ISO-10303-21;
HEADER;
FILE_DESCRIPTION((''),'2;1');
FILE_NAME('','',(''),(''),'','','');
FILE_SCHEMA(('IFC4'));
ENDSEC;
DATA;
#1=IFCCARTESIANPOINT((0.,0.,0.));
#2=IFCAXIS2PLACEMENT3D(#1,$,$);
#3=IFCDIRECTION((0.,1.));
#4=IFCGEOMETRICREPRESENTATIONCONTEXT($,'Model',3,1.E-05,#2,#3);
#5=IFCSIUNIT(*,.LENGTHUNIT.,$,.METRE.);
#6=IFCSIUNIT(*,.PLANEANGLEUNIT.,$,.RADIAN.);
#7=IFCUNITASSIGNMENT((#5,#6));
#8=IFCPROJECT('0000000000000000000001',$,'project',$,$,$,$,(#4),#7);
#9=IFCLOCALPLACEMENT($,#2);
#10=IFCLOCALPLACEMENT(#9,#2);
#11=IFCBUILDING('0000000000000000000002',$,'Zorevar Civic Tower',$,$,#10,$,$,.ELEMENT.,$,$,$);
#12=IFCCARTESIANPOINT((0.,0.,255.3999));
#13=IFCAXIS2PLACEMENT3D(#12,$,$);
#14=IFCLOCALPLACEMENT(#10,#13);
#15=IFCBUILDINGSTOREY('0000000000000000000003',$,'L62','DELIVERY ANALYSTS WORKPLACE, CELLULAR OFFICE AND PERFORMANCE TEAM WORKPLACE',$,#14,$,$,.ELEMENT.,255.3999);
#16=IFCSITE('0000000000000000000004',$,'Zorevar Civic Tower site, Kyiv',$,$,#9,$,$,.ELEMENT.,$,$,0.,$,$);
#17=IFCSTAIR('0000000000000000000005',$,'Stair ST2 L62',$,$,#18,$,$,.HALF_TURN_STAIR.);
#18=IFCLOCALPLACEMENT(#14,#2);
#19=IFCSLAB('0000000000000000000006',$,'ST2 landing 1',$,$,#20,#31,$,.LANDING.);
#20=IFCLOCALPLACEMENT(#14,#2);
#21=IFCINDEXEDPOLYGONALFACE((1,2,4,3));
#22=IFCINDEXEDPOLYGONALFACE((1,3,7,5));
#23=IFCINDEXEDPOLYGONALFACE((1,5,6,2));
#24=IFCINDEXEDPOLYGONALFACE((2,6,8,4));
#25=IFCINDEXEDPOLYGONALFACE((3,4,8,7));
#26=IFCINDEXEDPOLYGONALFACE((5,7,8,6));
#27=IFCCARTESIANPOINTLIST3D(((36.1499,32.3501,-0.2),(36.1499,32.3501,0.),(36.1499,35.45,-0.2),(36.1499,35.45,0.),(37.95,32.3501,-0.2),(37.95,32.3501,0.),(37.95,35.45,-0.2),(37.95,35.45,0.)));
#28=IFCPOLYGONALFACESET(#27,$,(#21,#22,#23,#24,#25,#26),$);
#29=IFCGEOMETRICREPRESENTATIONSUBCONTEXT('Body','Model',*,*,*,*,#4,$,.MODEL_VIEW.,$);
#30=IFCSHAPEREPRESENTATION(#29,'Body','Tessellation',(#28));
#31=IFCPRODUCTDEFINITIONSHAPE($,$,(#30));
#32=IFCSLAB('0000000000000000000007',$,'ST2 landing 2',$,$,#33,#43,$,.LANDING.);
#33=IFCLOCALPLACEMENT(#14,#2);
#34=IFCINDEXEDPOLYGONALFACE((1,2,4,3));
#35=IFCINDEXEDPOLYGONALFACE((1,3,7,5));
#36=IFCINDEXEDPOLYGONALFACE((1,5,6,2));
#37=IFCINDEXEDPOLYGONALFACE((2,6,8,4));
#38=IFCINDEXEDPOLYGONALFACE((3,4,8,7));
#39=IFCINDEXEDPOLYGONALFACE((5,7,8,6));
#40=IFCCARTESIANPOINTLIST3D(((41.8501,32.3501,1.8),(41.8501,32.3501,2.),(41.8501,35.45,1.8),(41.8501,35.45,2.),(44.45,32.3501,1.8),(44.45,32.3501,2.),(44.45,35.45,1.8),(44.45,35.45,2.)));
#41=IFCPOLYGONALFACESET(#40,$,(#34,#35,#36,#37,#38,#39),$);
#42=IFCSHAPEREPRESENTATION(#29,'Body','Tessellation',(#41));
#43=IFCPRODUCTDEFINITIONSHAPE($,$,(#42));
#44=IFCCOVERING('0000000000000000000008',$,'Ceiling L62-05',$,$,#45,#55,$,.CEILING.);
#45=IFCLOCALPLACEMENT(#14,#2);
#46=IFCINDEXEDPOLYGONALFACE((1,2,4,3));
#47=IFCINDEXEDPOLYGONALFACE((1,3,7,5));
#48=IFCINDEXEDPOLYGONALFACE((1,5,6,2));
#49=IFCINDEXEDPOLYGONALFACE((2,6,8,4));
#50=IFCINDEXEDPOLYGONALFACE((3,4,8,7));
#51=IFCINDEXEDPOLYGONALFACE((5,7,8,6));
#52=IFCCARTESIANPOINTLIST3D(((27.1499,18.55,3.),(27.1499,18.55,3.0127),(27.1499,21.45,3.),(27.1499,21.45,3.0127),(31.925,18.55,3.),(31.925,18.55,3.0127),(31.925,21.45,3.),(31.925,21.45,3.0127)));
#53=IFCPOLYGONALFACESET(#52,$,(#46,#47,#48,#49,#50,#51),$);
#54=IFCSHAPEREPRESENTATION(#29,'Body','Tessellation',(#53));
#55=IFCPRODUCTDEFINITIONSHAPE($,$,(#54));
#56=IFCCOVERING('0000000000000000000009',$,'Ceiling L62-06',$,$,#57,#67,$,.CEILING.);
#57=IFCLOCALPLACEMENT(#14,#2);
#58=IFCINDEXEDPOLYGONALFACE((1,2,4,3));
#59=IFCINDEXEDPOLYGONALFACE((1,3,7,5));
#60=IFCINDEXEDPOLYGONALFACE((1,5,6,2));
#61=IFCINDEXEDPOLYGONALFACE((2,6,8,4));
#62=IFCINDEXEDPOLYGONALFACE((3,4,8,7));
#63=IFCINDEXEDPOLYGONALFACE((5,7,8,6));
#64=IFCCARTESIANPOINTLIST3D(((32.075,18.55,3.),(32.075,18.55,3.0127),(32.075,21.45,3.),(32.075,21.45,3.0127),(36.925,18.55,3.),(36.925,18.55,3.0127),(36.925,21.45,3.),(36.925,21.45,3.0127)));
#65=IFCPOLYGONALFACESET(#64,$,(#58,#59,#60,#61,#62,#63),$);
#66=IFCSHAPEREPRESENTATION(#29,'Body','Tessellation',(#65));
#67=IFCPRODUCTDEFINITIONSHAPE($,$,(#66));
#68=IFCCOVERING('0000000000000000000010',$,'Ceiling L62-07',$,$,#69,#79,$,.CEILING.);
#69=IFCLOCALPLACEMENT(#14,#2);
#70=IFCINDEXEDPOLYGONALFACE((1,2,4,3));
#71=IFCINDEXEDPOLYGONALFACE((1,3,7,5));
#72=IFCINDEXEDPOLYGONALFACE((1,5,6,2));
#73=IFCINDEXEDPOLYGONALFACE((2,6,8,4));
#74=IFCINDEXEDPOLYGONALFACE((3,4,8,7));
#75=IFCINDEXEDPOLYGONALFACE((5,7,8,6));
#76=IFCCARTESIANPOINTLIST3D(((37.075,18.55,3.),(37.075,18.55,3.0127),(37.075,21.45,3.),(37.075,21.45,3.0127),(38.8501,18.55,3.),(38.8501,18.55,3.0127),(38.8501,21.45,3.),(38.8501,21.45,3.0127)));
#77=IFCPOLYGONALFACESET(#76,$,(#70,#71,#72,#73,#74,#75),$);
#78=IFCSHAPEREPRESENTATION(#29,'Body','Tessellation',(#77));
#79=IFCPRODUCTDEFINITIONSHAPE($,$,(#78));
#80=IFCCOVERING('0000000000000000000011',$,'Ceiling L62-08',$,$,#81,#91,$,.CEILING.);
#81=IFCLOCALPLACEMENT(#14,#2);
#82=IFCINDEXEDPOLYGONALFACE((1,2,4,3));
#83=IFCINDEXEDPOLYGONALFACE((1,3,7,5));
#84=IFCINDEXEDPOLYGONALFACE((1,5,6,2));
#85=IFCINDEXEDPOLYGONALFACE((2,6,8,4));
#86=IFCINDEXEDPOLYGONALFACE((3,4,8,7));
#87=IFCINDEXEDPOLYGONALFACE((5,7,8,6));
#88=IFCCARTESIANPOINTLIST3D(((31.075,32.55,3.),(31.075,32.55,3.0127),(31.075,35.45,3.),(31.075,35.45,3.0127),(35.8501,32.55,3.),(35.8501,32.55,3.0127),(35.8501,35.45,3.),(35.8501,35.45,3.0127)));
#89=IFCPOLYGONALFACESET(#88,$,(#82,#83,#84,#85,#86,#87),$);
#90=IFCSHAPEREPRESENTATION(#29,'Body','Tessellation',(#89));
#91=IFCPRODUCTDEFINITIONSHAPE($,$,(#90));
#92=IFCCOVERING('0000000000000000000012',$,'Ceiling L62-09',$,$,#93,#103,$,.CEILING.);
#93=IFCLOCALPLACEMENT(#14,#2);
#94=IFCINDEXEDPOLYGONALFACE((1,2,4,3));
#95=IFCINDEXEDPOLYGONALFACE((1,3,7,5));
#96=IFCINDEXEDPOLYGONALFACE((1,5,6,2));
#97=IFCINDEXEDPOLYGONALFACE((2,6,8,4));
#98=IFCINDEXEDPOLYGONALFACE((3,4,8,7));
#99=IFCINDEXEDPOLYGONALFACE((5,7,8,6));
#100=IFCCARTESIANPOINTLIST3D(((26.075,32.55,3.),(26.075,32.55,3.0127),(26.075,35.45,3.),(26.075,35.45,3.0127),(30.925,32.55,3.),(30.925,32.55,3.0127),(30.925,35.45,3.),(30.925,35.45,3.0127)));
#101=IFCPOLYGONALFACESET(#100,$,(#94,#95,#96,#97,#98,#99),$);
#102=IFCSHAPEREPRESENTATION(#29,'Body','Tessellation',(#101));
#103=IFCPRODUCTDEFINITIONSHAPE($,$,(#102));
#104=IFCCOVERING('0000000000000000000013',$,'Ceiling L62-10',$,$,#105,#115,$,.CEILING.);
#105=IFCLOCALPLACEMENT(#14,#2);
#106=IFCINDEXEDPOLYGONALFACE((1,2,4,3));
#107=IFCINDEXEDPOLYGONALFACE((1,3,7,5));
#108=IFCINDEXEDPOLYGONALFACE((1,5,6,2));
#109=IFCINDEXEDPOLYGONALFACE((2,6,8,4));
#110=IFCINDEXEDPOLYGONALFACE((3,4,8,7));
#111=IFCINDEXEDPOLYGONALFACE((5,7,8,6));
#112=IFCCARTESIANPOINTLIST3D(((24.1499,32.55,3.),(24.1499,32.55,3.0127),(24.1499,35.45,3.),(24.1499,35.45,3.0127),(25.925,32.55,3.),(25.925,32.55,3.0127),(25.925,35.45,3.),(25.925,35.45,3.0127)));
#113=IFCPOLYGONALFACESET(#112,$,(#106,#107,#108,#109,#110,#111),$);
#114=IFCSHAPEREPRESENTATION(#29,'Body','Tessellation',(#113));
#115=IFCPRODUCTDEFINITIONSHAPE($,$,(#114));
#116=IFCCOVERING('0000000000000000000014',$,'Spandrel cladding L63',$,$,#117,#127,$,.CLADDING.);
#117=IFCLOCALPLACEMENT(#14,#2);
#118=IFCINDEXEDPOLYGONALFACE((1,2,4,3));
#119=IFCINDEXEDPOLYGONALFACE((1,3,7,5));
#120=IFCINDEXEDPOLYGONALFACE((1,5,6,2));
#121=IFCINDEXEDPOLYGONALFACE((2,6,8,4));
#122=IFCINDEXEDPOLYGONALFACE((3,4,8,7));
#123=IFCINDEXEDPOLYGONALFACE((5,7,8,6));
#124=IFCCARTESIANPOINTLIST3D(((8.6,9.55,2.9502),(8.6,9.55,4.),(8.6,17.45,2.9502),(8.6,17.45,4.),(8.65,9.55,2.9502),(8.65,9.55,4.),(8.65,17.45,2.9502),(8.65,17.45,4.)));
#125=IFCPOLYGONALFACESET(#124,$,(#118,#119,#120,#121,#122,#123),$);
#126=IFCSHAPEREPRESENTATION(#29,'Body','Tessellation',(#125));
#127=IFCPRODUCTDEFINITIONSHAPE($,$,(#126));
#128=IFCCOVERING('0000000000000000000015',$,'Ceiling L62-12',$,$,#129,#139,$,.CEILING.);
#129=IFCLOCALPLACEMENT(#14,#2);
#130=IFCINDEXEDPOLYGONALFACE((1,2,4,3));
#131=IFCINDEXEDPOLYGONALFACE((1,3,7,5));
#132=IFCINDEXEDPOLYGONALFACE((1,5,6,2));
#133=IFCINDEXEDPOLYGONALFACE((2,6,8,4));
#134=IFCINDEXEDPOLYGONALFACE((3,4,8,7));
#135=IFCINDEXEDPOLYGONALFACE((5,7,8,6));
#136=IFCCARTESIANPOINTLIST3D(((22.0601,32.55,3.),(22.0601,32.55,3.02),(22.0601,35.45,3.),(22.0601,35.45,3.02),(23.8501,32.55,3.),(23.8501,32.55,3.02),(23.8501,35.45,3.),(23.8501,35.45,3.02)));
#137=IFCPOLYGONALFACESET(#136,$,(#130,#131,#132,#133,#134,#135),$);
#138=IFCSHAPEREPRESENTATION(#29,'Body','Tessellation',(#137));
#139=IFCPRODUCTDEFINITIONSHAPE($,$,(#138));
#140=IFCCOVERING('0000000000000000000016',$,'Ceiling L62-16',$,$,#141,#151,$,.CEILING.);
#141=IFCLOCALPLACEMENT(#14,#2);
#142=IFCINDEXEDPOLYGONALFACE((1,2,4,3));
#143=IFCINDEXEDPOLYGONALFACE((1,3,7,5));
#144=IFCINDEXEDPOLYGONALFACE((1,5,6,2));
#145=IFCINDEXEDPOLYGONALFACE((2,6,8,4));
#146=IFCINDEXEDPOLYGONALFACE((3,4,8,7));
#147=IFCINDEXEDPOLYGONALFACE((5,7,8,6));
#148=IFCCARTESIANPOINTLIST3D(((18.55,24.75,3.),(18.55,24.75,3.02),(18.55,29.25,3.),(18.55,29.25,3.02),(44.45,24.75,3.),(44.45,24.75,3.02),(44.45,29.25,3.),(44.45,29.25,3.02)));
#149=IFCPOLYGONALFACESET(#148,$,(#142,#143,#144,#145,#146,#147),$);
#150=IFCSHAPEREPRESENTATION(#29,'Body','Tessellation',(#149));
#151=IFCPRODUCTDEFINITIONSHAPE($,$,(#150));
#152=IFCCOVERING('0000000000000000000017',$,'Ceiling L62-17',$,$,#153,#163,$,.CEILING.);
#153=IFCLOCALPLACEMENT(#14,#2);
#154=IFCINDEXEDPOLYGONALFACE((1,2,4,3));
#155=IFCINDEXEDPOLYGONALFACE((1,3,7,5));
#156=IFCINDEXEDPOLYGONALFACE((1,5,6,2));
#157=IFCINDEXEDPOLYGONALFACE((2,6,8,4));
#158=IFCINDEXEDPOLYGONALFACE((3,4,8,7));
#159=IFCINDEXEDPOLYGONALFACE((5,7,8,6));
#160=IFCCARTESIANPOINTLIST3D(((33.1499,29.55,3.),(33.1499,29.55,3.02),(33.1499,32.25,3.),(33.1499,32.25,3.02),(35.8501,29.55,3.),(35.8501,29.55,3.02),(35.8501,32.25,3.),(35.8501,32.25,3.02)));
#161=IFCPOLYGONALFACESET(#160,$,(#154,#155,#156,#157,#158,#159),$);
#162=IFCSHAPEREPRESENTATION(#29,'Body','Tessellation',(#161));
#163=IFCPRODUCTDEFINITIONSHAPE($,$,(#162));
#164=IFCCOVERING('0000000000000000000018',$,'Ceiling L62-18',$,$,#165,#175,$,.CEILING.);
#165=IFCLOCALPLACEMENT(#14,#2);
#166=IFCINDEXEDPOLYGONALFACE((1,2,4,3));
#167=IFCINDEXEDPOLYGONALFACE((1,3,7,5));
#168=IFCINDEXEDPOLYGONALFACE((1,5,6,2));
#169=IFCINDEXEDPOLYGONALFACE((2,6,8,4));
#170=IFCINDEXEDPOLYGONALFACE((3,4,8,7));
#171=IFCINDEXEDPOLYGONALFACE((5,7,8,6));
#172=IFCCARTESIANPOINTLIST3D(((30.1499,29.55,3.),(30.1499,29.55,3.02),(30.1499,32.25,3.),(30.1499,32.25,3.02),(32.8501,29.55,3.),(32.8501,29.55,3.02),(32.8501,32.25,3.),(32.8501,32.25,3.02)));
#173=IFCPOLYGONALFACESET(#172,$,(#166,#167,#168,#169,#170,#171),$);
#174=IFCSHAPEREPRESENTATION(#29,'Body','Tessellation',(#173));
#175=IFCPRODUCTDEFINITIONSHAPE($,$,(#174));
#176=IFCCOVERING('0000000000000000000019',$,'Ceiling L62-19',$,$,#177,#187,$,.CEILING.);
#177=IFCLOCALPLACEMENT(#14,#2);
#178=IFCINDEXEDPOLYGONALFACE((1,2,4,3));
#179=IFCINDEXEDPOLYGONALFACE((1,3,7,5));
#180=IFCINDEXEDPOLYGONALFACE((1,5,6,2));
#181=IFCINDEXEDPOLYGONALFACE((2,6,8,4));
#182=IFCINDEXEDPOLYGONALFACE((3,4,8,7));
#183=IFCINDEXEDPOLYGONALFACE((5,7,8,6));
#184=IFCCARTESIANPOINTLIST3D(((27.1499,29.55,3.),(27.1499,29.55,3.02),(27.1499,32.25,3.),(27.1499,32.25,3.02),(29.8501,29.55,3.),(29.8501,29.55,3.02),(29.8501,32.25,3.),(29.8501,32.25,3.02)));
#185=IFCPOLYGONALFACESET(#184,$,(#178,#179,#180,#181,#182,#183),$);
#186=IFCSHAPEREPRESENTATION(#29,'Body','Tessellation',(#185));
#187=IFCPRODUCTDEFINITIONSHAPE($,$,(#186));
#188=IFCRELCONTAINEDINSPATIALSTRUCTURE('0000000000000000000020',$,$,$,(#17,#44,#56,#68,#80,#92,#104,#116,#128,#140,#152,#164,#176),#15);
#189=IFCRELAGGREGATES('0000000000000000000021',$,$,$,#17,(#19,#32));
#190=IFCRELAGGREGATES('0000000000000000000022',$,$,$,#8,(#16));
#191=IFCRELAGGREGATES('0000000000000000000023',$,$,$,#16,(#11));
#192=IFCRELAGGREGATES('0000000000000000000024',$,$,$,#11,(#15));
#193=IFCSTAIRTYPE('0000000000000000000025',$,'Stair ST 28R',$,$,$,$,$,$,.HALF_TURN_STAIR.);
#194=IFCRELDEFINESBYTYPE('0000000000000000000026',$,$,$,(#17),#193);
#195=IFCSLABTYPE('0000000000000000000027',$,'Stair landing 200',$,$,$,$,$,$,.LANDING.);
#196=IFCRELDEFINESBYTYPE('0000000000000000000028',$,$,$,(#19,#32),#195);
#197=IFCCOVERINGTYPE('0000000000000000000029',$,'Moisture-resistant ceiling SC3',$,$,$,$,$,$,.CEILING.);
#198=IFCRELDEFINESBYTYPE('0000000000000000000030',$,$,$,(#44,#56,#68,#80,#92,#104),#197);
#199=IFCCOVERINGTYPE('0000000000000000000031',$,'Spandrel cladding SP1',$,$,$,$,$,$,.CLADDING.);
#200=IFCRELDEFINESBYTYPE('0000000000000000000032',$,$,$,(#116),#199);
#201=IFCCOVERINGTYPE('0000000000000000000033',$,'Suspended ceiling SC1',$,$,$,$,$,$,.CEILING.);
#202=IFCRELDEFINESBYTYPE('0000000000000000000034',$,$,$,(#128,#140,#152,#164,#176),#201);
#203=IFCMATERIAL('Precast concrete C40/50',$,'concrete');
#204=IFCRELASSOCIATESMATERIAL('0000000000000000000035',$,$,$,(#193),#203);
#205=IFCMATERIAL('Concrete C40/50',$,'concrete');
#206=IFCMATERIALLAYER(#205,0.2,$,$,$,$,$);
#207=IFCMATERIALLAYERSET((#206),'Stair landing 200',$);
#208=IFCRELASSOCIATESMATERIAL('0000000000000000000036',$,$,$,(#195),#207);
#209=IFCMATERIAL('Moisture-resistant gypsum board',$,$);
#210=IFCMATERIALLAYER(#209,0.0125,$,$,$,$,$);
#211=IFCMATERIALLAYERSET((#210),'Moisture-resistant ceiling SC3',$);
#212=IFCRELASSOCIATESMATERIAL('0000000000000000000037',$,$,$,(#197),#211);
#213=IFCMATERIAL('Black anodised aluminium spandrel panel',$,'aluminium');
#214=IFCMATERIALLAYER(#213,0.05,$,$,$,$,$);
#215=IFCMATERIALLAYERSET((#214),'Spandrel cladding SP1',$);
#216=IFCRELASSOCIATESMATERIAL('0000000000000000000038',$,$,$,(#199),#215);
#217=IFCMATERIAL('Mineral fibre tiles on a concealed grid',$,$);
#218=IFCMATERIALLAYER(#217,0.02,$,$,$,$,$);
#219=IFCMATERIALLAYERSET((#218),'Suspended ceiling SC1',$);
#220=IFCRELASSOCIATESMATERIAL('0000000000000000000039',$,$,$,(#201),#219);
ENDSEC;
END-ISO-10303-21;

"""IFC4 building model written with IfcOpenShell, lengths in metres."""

from ifc_helpers import new_model, si_unit, direction, frame, frame_2d, origin, place, context, subcontext, project, spatial, polyline, rectangle, outline, extrude, material, layer, layer_set, type_object, element, aggregate, save


model = new_model("IFC4")

# Units and contexts
model_context = context("Model", 3, precision=1e-05, world=origin(), true_north=direction((0.0, 1.0)))
body_context = subcontext(model_context, "Body", "Model", "MODEL_VIEW")
ifc_project = project(units=[si_unit("LENGTHUNIT", "METRE"), si_unit("PLANEANGLEUNIT", "RADIAN")], contexts=[model_context])

# Site, building, storey
site_placement = place(None, origin())
site = spatial("IfcSite", under=ifc_project, at=site_placement, Name="Zorevar Civic Tower site, Kyiv", CompositionType="ELEMENT", RefElevation=0.0)
building_placement = place(site_placement, origin())
building = spatial("IfcBuilding", under=site, at=building_placement, Name="Zorevar Civic Tower", CompositionType="ELEMENT")
storey_placement = place(building_placement, frame((0.0, 0.0, 255.3999)))
storey = spatial("IfcBuildingStorey", under=building, at=storey_placement, Name="L62", Description="DELIVERY ANALYSTS WORKPLACE, CELLULAR OFFICE AND PERFORMANCE TEAM WORKPLACE", CompositionType="ELEMENT", Elevation=255.3999)

# Stair, slabs
ifc_material_1 = material(Name="Precast concrete C40/50", Category="concrete")
stair_type = type_object("IfcStairType", Name="Stair ST 28R", PredefinedType="HALF_TURN_STAIR", material=ifc_material_1)
ifc_material_2 = material(Name="Concrete C40/50", Category="concrete")
ifc_layer_1 = layer(ifc_material_2, 0.2)
ifc_layer_set_1 = layer_set([ifc_layer_1], Name="Stair landing 200")
slab_type_1 = type_object("IfcSlabType", Name="Stair landing 200", PredefinedType="LANDING", material=ifc_layer_set_1)
stair_1_placement = place(storey_placement, origin())
stair_1 = element("IfcStair", 1, at=stair_1_placement, inside=storey, type_object=stair_type, Name="Stair ST2 L62", PredefinedType="HALF_TURN_STAIR")
slab_1_placement = place(storey_placement, frame((0.0, 0.0, -0.2)))
slab_1 = element("IfcSlab", 2, at=slab_1_placement, type_object=slab_type_1, Name="ST2 landing 1", PredefinedType="LANDING", context=body_context, shape_type="SweptSolid", body=[
    extrude(outline(polyline([(37.95, 32.3501), (36.1499, 32.3501), (36.1499, 35.45), (37.95, 35.45), (37.95, 32.3501)])), origin(), (0.0, 0.0, 1.0), 0.2),
])
slab_2_placement = place(storey_placement, frame((0.0, 0.0, 1.8)))
slab_2 = element("IfcSlab", 3, at=slab_2_placement, type_object=slab_type_1, Name="ST2 landing 2", PredefinedType="LANDING", context=body_context, shape_type="SweptSolid", body=[
    extrude(outline(polyline([(44.45, 32.3501), (41.8501, 32.3501), (41.8501, 35.45), (44.45, 35.45), (44.45, 32.3501)])), origin(), (0.0, 0.0, 1.0), 0.2),
])
aggregate(stair_1, [slab_1, slab_2])

# Coverings
ifc_material_3 = material(Name="Moisture-resistant gypsum board")
ifc_layer_2 = layer(ifc_material_3, 0.0125)
ifc_layer_set_2 = layer_set([ifc_layer_2], Name="Moisture-resistant ceiling SC3")
covering_type_1 = type_object("IfcCoveringType", Name="Moisture-resistant ceiling SC3", PredefinedType="CEILING", material=ifc_layer_set_2)
covering_1_placement = place(storey_placement, frame((0.0, 0.0, 3.0)))
element("IfcCovering", 4, at=covering_1_placement, inside=storey, type_object=covering_type_1, Name="Ceiling L62-05", PredefinedType="CEILING", context=body_context, shape_type="SweptSolid", body=[
    extrude(outline(polyline([(31.925, 18.55), (31.925, 21.45), (27.1499, 21.45), (27.1499, 18.55), (31.925, 18.55)])), origin(), (0.0, 0.0, 1.0), 0.0127),
])
covering_2_placement = place(storey_placement, frame((0.0, 0.0, 3.0)))
element("IfcCovering", 5, at=covering_2_placement, inside=storey, type_object=covering_type_1, Name="Ceiling L62-06", PredefinedType="CEILING", context=body_context, shape_type="SweptSolid", body=[
    extrude(outline(polyline([(36.925, 18.55), (36.925, 21.45), (32.075, 21.45), (32.075, 18.55), (36.925, 18.55)])), origin(), (0.0, 0.0, 1.0), 0.0127),
])
covering_3_placement = place(storey_placement, frame((0.0, 0.0, 3.0)))
element("IfcCovering", 6, at=covering_3_placement, inside=storey, type_object=covering_type_1, Name="Ceiling L62-07", PredefinedType="CEILING", context=body_context, shape_type="SweptSolid", body=[
    extrude(outline(polyline([(38.8501, 18.55), (38.8501, 21.45), (37.075, 21.45), (37.075, 18.55), (38.8501, 18.55)])), origin(), (0.0, 0.0, 1.0), 0.0127),
])
covering_4_placement = place(storey_placement, frame((0.0, 0.0, 3.0)))
element("IfcCovering", 7, at=covering_4_placement, inside=storey, type_object=covering_type_1, Name="Ceiling L62-08", PredefinedType="CEILING", context=body_context, shape_type="SweptSolid", body=[
    extrude(outline(polyline([(35.8501, 32.55), (35.8501, 35.45), (31.075, 35.45), (31.075, 32.55), (35.8501, 32.55)])), origin(), (0.0, 0.0, 1.0), 0.0127),
])
covering_5_placement = place(storey_placement, frame((0.0, 0.0, 3.0)))
element("IfcCovering", 8, at=covering_5_placement, inside=storey, type_object=covering_type_1, Name="Ceiling L62-09", PredefinedType="CEILING", context=body_context, shape_type="SweptSolid", body=[
    extrude(outline(polyline([(30.925, 32.55), (30.925, 35.45), (26.075, 35.45), (26.075, 32.55), (30.925, 32.55)])), origin(), (0.0, 0.0, 1.0), 0.0127),
])
covering_6_placement = place(storey_placement, frame((0.0, 0.0, 3.0)))
element("IfcCovering", 9, at=covering_6_placement, inside=storey, type_object=covering_type_1, Name="Ceiling L62-10", PredefinedType="CEILING", context=body_context, shape_type="SweptSolid", body=[
    extrude(outline(polyline([(25.925, 32.55), (25.925, 35.45), (24.1499, 35.45), (24.1499, 32.55), (25.925, 32.55)])), origin(), (0.0, 0.0, 1.0), 0.0127),
])
ifc_material_4 = material(Name="Black anodised aluminium spandrel panel", Category="aluminium")
ifc_layer_3 = layer(ifc_material_4, 0.05)
ifc_layer_set_3 = layer_set([ifc_layer_3], Name="Spandrel cladding SP1")
covering_type_2 = type_object("IfcCoveringType", Name="Spandrel cladding SP1", PredefinedType="CLADDING", material=ifc_layer_set_3)
covering_7_placement = place(storey_placement, frame((8.625, 9.55, 2.9502), z_axis=(0.0, 0.0, 1.0), x_axis=(0.0, 1.0, 0.0)))
element("IfcCovering", 10, at=covering_7_placement, inside=storey, type_object=covering_type_2, Name="Spandrel cladding L63", PredefinedType="CLADDING", context=body_context, shape_type="SweptSolid", body=[
    extrude(rectangle(XDim=7.8999, YDim=0.05, at=frame_2d((3.95, 0.0))), origin(), (0.0, 0.0, 1.0), 1.0498),
])
ifc_material_5 = material(Name="Mineral fibre tiles on a concealed grid")
ifc_layer_4 = layer(ifc_material_5, 0.02)
ifc_layer_set_4 = layer_set([ifc_layer_4], Name="Suspended ceiling SC1")
covering_type_3 = type_object("IfcCoveringType", Name="Suspended ceiling SC1", PredefinedType="CEILING", material=ifc_layer_set_4)
covering_8_placement = place(storey_placement, frame((0.0, 0.0, 3.0)))
element("IfcCovering", 11, at=covering_8_placement, inside=storey, type_object=covering_type_3, Name="Ceiling L62-12", PredefinedType="CEILING", context=body_context, shape_type="SweptSolid", body=[
    extrude(outline(polyline([(23.8501, 32.55), (23.8501, 35.45), (22.0601, 35.45), (22.0601, 32.55), (23.8501, 32.55)])), origin(), (0.0, 0.0, 1.0), 0.02),
])
covering_9_placement = place(storey_placement, frame((0.0, 0.0, 3.0)))
element("IfcCovering", 12, at=covering_9_placement, inside=storey, type_object=covering_type_3, Name="Ceiling L62-16", PredefinedType="CEILING", context=body_context, shape_type="SweptSolid", body=[
    extrude(outline(polyline([(44.45, 24.75), (44.45, 29.25), (18.55, 29.25), (18.55, 24.75), (44.45, 24.75)])), origin(), (0.0, 0.0, 1.0), 0.02),
])
covering_10_placement = place(storey_placement, frame((0.0, 0.0, 3.0)))
element("IfcCovering", 13, at=covering_10_placement, inside=storey, type_object=covering_type_3, Name="Ceiling L62-17", PredefinedType="CEILING", context=body_context, shape_type="SweptSolid", body=[
    extrude(outline(polyline([(35.8501, 29.55), (35.8501, 32.25), (33.1499, 32.25), (33.1499, 29.55), (35.8501, 29.55)])), origin(), (0.0, 0.0, 1.0), 0.02),
])
covering_11_placement = place(storey_placement, frame((0.0, 0.0, 3.0)))
element("IfcCovering", 14, at=covering_11_placement, inside=storey, type_object=covering_type_3, Name="Ceiling L62-18", PredefinedType="CEILING", context=body_context, shape_type="SweptSolid", body=[
    extrude(outline(polyline([(32.8501, 29.55), (32.8501, 32.25), (30.1499, 32.25), (30.1499, 29.55), (32.8501, 29.55)])), origin(), (0.0, 0.0, 1.0), 0.02),
])
covering_12_placement = place(storey_placement, frame((0.0, 0.0, 3.0)))
element("IfcCovering", 15, at=covering_12_placement, inside=storey, type_object=covering_type_3, Name="Ceiling L62-19", PredefinedType="CEILING", context=body_context, shape_type="SweptSolid", body=[
    extrude(outline(polyline([(29.8501, 29.55), (29.8501, 32.25), (27.1499, 32.25), (27.1499, 29.55), (29.8501, 29.55)])), origin(), (0.0, 0.0, 1.0), 0.02),
])

save(model, "model.ifc")
